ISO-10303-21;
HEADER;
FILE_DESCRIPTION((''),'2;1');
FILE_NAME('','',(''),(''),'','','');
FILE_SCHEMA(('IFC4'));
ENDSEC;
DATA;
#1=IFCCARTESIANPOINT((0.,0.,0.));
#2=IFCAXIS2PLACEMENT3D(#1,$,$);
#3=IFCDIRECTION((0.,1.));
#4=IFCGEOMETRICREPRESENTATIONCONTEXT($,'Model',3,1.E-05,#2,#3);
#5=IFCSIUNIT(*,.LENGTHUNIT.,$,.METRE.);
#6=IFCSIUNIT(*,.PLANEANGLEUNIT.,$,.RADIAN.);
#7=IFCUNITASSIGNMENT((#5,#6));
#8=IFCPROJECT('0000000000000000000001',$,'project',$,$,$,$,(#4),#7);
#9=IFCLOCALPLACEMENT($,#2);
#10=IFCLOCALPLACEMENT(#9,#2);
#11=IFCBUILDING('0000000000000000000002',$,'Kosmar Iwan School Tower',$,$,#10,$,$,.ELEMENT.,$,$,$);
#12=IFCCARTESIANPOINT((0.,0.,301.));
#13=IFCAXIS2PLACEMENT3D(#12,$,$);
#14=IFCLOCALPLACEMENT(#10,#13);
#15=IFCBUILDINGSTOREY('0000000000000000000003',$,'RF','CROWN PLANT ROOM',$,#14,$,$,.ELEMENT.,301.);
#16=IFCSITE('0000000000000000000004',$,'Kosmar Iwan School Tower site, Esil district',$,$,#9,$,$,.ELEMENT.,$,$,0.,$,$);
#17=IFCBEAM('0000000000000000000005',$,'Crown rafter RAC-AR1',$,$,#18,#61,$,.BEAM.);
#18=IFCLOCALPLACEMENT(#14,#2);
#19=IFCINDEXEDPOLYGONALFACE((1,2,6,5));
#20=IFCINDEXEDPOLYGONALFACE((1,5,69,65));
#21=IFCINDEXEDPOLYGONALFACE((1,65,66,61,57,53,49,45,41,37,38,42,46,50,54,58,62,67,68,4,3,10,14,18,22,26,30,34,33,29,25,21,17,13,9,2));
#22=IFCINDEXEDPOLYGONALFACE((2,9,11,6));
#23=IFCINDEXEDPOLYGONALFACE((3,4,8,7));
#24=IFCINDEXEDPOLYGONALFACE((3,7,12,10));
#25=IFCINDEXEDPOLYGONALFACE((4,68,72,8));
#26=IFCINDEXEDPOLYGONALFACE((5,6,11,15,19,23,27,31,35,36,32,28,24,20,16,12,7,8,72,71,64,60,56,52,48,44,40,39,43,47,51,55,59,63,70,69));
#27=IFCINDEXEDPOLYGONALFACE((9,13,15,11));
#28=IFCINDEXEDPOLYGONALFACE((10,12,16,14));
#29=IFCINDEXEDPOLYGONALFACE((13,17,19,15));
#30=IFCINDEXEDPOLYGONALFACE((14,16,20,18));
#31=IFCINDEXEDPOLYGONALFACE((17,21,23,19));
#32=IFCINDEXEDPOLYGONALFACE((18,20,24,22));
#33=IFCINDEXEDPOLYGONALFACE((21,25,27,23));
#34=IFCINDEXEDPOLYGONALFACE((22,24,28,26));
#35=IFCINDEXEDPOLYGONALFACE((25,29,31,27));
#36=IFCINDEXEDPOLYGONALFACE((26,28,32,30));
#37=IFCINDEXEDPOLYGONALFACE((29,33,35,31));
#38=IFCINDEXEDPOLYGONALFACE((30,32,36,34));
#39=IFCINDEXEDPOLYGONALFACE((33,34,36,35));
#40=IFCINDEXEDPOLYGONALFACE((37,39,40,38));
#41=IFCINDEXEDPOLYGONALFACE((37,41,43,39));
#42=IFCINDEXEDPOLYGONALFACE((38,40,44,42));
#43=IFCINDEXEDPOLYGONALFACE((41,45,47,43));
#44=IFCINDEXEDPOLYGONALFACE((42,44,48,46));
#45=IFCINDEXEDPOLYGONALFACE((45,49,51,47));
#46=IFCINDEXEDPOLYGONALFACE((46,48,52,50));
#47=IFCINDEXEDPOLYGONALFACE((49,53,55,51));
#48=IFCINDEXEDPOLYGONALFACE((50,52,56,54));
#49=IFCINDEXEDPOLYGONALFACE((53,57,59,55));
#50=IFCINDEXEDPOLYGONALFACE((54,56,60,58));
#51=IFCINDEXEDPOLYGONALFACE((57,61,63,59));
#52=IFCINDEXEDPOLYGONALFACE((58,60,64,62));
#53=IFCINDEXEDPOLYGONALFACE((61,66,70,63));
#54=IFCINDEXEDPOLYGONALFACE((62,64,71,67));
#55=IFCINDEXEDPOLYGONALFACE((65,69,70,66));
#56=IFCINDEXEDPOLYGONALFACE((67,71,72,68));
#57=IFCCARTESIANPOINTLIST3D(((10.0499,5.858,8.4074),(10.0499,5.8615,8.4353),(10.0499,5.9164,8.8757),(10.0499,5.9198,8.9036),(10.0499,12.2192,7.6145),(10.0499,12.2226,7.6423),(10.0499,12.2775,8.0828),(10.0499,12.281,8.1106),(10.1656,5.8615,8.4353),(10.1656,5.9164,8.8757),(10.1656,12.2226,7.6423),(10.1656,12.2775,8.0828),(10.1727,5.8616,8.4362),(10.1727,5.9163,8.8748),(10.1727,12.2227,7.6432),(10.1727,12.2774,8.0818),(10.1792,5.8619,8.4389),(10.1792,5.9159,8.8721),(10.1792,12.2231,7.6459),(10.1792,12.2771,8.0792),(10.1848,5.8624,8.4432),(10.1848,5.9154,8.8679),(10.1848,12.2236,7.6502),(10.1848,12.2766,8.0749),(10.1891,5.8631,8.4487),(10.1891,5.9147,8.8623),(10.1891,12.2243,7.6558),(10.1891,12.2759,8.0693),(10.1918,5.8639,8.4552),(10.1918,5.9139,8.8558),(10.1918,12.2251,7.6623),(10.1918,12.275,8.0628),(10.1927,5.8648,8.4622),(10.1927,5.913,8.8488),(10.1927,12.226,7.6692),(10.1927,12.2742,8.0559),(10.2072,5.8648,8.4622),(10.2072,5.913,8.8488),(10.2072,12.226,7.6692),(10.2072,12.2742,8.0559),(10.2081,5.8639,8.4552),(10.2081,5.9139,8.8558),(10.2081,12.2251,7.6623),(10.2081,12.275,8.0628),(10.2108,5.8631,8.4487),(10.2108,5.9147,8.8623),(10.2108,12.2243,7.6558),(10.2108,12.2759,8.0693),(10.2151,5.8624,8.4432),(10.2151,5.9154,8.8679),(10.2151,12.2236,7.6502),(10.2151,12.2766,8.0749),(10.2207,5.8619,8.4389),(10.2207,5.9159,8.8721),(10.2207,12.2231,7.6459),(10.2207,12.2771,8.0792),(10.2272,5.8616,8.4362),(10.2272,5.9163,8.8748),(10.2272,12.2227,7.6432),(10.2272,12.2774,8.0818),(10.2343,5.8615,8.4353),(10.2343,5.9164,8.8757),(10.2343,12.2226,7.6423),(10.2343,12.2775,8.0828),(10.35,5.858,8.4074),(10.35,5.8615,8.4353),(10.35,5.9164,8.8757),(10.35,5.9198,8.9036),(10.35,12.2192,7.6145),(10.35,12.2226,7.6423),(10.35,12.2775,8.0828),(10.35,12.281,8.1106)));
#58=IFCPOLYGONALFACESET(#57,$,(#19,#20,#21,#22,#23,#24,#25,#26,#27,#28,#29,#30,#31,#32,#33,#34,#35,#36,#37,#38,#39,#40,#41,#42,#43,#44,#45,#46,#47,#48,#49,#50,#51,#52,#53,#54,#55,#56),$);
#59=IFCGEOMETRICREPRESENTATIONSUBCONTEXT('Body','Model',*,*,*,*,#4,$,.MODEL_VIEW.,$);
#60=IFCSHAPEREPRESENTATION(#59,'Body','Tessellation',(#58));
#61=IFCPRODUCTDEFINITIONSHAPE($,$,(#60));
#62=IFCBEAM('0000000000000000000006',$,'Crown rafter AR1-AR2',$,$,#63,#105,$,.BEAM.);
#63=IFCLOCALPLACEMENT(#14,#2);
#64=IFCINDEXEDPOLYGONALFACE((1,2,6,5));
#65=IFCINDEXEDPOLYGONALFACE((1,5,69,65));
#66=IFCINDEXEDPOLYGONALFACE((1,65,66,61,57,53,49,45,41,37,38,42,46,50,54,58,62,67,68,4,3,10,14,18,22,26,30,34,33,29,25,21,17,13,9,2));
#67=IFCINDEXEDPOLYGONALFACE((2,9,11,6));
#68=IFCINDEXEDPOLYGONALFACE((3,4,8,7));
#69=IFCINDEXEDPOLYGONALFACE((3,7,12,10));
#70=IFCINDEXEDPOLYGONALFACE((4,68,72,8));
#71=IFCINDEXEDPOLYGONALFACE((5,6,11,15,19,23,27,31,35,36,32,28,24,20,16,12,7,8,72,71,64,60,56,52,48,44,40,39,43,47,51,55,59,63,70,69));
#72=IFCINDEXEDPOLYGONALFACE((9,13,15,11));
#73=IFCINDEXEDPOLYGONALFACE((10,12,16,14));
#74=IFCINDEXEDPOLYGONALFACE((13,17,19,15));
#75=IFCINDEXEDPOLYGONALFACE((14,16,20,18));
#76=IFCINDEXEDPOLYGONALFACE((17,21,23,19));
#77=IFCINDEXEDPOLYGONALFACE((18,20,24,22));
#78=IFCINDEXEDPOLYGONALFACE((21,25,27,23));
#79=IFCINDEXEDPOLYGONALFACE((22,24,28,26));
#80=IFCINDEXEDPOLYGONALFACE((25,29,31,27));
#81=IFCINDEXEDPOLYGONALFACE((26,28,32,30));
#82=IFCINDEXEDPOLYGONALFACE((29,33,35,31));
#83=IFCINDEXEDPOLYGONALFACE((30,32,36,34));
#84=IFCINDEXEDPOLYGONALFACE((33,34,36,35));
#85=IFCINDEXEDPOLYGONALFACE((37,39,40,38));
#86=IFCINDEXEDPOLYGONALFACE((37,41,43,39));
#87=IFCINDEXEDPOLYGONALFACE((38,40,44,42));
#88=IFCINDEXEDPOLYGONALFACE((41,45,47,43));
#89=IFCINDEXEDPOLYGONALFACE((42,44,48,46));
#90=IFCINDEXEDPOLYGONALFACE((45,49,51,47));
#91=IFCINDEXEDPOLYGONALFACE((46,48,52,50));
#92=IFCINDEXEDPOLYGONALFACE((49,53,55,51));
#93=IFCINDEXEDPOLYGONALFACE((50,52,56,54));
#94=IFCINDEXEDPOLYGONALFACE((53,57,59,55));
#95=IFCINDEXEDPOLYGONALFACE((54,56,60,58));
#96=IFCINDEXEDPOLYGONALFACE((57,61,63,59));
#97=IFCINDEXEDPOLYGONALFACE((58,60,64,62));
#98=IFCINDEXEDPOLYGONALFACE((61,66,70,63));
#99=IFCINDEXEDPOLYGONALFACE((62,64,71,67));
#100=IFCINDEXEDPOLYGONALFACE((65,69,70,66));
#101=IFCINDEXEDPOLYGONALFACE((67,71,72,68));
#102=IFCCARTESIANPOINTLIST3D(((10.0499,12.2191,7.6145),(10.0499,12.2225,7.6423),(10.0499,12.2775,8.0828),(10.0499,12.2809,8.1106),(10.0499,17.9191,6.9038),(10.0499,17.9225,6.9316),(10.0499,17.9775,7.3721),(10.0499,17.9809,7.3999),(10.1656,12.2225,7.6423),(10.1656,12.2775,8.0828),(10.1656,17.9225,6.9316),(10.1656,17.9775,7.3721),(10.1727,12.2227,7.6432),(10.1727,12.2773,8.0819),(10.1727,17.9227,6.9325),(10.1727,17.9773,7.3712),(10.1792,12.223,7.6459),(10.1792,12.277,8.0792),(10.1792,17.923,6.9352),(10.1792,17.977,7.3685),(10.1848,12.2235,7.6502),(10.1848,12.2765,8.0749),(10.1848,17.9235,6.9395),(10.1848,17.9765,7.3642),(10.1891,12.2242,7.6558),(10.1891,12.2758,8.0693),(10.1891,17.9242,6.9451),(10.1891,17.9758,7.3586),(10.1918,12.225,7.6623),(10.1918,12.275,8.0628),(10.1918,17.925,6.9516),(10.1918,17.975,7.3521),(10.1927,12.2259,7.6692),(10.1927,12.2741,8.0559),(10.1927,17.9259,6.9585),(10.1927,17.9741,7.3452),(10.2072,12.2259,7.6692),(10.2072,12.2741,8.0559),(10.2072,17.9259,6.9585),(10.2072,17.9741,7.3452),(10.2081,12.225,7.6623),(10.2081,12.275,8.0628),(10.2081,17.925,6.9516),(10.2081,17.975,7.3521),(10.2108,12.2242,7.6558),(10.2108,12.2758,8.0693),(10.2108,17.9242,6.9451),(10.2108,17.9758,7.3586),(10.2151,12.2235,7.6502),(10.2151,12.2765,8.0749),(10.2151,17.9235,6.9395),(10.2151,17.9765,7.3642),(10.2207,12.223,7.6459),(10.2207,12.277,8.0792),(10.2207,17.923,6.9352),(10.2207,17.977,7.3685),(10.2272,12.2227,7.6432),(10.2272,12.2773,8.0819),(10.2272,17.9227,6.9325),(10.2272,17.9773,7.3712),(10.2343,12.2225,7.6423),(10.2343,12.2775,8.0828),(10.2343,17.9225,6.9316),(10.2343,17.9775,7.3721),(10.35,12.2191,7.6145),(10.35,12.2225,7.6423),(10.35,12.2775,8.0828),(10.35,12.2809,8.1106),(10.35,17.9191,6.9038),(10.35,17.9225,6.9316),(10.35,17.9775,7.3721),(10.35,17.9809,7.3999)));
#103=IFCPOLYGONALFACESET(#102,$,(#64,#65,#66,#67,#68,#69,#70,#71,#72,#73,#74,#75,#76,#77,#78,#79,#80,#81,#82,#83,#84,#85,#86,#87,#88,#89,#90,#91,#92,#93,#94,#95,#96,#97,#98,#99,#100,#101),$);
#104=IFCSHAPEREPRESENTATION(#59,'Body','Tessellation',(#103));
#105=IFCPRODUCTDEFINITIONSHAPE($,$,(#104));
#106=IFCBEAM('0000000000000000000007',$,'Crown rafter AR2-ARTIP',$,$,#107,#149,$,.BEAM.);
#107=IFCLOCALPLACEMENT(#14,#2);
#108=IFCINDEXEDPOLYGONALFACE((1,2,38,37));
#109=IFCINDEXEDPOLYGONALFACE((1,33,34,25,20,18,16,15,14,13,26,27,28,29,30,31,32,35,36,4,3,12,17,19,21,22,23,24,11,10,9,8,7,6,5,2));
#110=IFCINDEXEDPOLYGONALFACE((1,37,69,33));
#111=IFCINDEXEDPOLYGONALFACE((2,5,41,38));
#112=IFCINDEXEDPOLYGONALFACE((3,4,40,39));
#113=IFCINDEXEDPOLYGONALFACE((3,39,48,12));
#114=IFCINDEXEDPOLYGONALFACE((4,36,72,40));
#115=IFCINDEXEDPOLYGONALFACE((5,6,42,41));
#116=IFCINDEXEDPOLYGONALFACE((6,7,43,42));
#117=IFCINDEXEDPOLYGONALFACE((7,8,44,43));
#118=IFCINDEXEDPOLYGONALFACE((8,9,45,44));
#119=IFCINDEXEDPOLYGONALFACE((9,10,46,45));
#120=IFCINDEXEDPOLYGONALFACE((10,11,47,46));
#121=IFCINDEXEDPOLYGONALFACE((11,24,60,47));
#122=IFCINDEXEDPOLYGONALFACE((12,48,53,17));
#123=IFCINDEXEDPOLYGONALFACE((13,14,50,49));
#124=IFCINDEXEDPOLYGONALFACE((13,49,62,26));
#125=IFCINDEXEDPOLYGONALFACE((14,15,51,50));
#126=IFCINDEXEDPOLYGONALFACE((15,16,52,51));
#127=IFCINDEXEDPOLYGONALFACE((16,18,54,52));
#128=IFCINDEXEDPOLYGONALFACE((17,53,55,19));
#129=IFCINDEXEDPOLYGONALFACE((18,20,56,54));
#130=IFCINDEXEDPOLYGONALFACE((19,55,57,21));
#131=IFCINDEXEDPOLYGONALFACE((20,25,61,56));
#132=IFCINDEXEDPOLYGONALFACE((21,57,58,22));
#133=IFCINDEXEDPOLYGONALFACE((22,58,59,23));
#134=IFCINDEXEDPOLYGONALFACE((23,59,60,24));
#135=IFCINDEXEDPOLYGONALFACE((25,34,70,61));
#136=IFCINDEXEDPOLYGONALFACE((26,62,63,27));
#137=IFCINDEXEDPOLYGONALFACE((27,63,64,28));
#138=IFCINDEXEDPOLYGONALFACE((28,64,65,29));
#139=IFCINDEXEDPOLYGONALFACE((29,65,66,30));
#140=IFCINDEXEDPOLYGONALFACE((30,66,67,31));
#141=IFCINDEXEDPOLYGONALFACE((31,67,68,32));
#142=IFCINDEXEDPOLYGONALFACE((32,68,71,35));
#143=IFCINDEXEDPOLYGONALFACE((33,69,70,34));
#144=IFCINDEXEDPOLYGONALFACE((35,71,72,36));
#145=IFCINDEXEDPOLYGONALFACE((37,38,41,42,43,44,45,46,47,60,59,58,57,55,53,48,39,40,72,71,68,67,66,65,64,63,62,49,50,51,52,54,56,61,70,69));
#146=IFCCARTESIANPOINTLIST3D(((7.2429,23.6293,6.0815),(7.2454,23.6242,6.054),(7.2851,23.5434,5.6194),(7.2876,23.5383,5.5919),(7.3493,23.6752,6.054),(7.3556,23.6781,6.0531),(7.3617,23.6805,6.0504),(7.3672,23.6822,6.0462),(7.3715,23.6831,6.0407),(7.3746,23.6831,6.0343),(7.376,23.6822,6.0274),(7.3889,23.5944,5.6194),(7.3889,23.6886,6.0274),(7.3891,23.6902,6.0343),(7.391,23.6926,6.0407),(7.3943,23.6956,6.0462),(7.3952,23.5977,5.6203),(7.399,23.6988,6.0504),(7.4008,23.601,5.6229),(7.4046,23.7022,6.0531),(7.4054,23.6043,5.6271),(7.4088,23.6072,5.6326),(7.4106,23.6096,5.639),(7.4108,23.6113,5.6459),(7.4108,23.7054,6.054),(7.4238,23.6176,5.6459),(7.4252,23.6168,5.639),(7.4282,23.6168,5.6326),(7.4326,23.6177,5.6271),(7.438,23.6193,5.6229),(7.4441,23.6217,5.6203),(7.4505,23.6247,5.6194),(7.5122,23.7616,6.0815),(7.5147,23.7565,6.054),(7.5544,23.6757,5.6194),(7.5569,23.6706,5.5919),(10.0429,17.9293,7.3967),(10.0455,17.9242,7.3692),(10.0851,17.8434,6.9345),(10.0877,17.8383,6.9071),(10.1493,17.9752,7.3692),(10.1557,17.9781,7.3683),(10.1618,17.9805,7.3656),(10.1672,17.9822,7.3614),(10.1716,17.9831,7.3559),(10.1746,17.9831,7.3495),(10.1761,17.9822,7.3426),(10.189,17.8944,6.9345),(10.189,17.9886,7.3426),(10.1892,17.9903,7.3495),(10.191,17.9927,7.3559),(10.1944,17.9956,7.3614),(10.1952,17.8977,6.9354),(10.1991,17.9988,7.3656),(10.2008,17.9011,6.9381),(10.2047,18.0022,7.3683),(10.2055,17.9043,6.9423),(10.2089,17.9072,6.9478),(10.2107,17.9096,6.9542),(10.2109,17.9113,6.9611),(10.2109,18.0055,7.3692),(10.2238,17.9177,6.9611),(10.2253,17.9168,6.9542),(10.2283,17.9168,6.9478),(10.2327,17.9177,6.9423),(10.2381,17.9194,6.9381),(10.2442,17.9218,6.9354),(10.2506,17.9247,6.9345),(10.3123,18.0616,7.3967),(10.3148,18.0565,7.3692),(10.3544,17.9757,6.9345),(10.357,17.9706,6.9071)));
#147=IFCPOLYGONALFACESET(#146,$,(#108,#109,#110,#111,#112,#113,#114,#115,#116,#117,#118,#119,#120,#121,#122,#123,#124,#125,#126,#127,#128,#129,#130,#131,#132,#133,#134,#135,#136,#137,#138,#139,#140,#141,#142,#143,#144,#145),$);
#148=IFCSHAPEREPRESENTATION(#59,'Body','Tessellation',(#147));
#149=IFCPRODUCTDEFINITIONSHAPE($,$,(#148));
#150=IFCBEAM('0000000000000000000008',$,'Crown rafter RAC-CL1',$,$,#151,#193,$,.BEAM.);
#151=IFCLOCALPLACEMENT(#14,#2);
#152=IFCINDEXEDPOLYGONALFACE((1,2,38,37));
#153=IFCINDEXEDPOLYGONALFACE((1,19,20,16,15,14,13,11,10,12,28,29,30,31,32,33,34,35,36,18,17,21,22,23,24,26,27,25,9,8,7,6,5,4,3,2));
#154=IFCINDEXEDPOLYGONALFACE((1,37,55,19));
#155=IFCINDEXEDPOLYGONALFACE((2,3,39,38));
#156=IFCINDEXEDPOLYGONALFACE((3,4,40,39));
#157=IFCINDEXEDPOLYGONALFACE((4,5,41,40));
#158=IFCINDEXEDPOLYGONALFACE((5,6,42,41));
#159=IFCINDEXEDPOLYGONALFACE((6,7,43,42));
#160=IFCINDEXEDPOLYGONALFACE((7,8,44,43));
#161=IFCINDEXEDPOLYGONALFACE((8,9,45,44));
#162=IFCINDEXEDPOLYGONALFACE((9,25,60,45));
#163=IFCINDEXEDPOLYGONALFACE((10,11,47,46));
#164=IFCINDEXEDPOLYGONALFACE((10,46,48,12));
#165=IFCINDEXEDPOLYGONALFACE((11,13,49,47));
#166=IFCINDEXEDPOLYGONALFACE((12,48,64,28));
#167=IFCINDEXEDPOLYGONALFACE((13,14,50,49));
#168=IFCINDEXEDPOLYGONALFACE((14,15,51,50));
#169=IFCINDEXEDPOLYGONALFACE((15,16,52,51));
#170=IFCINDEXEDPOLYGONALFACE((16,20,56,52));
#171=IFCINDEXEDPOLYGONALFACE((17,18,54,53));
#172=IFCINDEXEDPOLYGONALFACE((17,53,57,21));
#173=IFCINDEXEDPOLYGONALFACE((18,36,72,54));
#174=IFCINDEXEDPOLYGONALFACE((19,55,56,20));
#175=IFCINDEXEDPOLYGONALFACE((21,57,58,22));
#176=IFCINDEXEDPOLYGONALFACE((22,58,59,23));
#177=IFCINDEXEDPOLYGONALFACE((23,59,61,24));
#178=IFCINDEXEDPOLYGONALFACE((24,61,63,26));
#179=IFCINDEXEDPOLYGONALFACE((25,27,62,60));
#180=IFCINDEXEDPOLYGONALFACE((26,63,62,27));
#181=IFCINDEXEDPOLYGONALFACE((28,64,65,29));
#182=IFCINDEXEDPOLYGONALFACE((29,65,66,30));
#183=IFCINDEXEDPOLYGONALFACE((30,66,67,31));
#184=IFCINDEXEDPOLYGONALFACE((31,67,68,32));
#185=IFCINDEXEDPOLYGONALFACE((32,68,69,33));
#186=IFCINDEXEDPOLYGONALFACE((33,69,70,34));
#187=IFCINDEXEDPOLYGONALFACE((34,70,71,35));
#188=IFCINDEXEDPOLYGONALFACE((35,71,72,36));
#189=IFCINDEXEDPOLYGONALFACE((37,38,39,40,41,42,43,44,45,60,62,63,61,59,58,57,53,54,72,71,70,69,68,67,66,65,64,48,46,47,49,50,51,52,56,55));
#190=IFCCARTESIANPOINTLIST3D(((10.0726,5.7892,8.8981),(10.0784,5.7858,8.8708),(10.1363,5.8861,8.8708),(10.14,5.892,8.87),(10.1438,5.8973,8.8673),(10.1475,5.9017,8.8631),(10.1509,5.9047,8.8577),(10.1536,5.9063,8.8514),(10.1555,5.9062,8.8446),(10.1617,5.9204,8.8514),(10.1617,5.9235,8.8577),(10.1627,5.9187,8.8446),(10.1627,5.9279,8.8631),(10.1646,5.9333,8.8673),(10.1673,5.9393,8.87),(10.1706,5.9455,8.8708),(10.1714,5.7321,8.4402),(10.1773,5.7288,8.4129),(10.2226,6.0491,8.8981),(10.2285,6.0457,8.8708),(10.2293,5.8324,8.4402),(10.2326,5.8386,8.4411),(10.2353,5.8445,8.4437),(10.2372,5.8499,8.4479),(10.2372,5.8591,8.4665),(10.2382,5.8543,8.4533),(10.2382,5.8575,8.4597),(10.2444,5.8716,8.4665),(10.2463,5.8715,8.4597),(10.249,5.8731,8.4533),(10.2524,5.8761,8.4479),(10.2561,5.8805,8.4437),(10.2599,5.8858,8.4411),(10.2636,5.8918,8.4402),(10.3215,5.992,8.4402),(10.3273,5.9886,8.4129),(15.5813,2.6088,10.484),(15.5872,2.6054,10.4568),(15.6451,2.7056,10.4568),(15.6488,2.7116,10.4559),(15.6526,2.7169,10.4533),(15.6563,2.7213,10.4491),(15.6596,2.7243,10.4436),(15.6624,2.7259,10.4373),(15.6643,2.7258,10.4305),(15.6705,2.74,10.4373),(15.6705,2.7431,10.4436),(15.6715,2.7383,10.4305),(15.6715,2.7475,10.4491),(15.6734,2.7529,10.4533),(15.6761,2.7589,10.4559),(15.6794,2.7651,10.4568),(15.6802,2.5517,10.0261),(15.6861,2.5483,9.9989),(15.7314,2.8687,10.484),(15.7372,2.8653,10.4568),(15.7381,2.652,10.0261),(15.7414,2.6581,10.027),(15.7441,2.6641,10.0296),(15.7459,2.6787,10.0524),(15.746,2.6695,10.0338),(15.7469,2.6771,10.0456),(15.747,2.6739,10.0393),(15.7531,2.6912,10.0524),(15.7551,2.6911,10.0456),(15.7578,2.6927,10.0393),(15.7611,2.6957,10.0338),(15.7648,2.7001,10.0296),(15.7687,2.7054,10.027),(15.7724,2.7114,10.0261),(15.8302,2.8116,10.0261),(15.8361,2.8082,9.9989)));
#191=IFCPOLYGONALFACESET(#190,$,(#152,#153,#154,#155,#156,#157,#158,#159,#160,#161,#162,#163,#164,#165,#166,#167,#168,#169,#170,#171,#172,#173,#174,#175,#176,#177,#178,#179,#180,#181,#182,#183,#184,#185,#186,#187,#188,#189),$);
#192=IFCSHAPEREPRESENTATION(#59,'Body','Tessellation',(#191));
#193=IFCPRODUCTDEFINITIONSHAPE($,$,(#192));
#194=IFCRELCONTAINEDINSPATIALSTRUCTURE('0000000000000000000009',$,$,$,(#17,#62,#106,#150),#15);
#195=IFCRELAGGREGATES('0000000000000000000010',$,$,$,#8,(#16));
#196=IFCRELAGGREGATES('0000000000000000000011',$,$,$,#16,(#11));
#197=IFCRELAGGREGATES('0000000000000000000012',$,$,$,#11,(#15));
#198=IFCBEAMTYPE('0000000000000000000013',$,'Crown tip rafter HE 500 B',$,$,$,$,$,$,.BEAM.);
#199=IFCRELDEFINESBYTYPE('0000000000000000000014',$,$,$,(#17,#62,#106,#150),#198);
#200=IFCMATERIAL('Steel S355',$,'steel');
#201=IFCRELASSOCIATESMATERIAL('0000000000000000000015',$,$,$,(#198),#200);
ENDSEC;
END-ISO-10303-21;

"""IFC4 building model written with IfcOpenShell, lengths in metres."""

from ifc_helpers import new_model, si_unit, direction, frame, origin, origin_2d, place, context, subcontext, project, spatial, i_section, extrude, material, material_profile, profile_set, type_object, element, save


model = new_model("IFC4")

# Units and contexts
model_context = context("Model", 3, precision=1e-05, world=origin(), true_north=direction((0.0, 1.0)))
body_context = subcontext(model_context, "Body", "Model", "MODEL_VIEW")
ifc_project = project(units=[si_unit("LENGTHUNIT", "METRE"), si_unit("PLANEANGLEUNIT", "RADIAN")], contexts=[model_context])

# Site, building, storey
site_placement = place(None, origin())
site = spatial("IfcSite", under=ifc_project, at=site_placement, Name="Kosmar Iwan School Tower site, Esil district", CompositionType="ELEMENT", RefElevation=0.0)
building_placement = place(site_placement, origin())
building = spatial("IfcBuilding", under=site, at=building_placement, Name="Kosmar Iwan School Tower", CompositionType="ELEMENT")
storey_placement = place(building_placement, frame((0.0, 0.0, 301.0)))
storey = spatial("IfcBuildingStorey", under=building, at=storey_placement, Name="RF", Description="CROWN PLANT ROOM", CompositionType="ELEMENT", Elevation=301.0)

# Beams
ifc_material_1 = material(Name="Steel S355", Category="steel")
ifc_material_profile_1 = material_profile(ifc_material_1, i_section(OverallWidth=0.3, OverallDepth=0.5, WebThickness=0.0144, FlangeThickness=0.0281, FilletRadius=0.0271, at=origin_2d()), Name="HE 500 B")
ifc_profile_set_1 = profile_set([ifc_material_profile_1], Name="Steel S355")
beam_type_1 = type_object("IfcBeamType", Name="Crown tip rafter HE 500 B", PredefinedType="BEAM", material=ifc_profile_set_1)
beam_1_placement = place(storey_placement, frame((10.2, 5.8889, 8.6555), z_axis=(0.0, 0.992319, -0.123702), x_axis=(-1.0, 0.0, 0.0)))
element("IfcBeam", 1, at=beam_1_placement, inside=storey, type_object=beam_type_1, Name="Crown rafter RAC-AR1", PredefinedType="BEAM", context=body_context, shape_type="SweptSolid", body=[
    extrude(i_section(OverallWidth=0.3, OverallDepth=0.5, WebThickness=0.0144, FlangeThickness=0.0281, FilletRadius=0.0271, at=origin_2d()), origin(), (0.0, 0.0, 1.0), 6.4104),
])
beam_2_placement = place(storey_placement, frame((10.2, 12.25, 7.8625), z_axis=(0.0, 0.992316, -0.123726), x_axis=(-1.0, 0.0, 0.0)))
element("IfcBeam", 2, at=beam_2_placement, inside=storey, type_object=beam_type_1, Name="Crown rafter AR1-AR2", PredefinedType="BEAM", context=body_context, shape_type="SweptSolid", body=[
    extrude(i_section(OverallWidth=0.3, OverallDepth=0.5, WebThickness=0.0144, FlangeThickness=0.0281, FilletRadius=0.0271, at=origin_2d()), origin(), (0.0, 0.0, 1.0), 5.7441),
])
beam_3_placement = place(storey_placement, frame((10.2, 17.95, 7.1519), z_axis=(-0.431752, 0.8789, -0.202794), x_axis=(-0.89755, -0.440913, 0.0)))
element("IfcBeam", 3, at=beam_3_placement, inside=storey, type_object=beam_type_1, Name="Crown rafter AR2-ARTIP", PredefinedType="BEAM", context=body_context, shape_type="SweptSolid", body=[
    extrude(i_section(OverallWidth=0.3, OverallDepth=0.5, WebThickness=0.0144, FlangeThickness=0.0281, FilletRadius=0.0271, at=origin_2d()), origin(), (0.0, 0.0, 1.0), 6.4854),
])
beam_4_placement = place(storey_placement, frame((10.2, 5.8889, 8.6555), z_axis=(0.840307, -0.485139, 0.241918), x_axis=(0.49999, 0.866031, 0.0)))
element("IfcBeam", 4, at=beam_4_placement, inside=storey, type_object=beam_type_1, Name="Crown rafter RAC-CL1", PredefinedType="BEAM", context=body_context, shape_type="SweptSolid", body=[
    extrude(i_section(OverallWidth=0.3, OverallDepth=0.5, WebThickness=0.0144, FlangeThickness=0.0281, FilletRadius=0.0271, at=origin_2d()), origin(), (0.0, 0.0, 1.0), 6.5557),
])

save(model, "model.ifc")
